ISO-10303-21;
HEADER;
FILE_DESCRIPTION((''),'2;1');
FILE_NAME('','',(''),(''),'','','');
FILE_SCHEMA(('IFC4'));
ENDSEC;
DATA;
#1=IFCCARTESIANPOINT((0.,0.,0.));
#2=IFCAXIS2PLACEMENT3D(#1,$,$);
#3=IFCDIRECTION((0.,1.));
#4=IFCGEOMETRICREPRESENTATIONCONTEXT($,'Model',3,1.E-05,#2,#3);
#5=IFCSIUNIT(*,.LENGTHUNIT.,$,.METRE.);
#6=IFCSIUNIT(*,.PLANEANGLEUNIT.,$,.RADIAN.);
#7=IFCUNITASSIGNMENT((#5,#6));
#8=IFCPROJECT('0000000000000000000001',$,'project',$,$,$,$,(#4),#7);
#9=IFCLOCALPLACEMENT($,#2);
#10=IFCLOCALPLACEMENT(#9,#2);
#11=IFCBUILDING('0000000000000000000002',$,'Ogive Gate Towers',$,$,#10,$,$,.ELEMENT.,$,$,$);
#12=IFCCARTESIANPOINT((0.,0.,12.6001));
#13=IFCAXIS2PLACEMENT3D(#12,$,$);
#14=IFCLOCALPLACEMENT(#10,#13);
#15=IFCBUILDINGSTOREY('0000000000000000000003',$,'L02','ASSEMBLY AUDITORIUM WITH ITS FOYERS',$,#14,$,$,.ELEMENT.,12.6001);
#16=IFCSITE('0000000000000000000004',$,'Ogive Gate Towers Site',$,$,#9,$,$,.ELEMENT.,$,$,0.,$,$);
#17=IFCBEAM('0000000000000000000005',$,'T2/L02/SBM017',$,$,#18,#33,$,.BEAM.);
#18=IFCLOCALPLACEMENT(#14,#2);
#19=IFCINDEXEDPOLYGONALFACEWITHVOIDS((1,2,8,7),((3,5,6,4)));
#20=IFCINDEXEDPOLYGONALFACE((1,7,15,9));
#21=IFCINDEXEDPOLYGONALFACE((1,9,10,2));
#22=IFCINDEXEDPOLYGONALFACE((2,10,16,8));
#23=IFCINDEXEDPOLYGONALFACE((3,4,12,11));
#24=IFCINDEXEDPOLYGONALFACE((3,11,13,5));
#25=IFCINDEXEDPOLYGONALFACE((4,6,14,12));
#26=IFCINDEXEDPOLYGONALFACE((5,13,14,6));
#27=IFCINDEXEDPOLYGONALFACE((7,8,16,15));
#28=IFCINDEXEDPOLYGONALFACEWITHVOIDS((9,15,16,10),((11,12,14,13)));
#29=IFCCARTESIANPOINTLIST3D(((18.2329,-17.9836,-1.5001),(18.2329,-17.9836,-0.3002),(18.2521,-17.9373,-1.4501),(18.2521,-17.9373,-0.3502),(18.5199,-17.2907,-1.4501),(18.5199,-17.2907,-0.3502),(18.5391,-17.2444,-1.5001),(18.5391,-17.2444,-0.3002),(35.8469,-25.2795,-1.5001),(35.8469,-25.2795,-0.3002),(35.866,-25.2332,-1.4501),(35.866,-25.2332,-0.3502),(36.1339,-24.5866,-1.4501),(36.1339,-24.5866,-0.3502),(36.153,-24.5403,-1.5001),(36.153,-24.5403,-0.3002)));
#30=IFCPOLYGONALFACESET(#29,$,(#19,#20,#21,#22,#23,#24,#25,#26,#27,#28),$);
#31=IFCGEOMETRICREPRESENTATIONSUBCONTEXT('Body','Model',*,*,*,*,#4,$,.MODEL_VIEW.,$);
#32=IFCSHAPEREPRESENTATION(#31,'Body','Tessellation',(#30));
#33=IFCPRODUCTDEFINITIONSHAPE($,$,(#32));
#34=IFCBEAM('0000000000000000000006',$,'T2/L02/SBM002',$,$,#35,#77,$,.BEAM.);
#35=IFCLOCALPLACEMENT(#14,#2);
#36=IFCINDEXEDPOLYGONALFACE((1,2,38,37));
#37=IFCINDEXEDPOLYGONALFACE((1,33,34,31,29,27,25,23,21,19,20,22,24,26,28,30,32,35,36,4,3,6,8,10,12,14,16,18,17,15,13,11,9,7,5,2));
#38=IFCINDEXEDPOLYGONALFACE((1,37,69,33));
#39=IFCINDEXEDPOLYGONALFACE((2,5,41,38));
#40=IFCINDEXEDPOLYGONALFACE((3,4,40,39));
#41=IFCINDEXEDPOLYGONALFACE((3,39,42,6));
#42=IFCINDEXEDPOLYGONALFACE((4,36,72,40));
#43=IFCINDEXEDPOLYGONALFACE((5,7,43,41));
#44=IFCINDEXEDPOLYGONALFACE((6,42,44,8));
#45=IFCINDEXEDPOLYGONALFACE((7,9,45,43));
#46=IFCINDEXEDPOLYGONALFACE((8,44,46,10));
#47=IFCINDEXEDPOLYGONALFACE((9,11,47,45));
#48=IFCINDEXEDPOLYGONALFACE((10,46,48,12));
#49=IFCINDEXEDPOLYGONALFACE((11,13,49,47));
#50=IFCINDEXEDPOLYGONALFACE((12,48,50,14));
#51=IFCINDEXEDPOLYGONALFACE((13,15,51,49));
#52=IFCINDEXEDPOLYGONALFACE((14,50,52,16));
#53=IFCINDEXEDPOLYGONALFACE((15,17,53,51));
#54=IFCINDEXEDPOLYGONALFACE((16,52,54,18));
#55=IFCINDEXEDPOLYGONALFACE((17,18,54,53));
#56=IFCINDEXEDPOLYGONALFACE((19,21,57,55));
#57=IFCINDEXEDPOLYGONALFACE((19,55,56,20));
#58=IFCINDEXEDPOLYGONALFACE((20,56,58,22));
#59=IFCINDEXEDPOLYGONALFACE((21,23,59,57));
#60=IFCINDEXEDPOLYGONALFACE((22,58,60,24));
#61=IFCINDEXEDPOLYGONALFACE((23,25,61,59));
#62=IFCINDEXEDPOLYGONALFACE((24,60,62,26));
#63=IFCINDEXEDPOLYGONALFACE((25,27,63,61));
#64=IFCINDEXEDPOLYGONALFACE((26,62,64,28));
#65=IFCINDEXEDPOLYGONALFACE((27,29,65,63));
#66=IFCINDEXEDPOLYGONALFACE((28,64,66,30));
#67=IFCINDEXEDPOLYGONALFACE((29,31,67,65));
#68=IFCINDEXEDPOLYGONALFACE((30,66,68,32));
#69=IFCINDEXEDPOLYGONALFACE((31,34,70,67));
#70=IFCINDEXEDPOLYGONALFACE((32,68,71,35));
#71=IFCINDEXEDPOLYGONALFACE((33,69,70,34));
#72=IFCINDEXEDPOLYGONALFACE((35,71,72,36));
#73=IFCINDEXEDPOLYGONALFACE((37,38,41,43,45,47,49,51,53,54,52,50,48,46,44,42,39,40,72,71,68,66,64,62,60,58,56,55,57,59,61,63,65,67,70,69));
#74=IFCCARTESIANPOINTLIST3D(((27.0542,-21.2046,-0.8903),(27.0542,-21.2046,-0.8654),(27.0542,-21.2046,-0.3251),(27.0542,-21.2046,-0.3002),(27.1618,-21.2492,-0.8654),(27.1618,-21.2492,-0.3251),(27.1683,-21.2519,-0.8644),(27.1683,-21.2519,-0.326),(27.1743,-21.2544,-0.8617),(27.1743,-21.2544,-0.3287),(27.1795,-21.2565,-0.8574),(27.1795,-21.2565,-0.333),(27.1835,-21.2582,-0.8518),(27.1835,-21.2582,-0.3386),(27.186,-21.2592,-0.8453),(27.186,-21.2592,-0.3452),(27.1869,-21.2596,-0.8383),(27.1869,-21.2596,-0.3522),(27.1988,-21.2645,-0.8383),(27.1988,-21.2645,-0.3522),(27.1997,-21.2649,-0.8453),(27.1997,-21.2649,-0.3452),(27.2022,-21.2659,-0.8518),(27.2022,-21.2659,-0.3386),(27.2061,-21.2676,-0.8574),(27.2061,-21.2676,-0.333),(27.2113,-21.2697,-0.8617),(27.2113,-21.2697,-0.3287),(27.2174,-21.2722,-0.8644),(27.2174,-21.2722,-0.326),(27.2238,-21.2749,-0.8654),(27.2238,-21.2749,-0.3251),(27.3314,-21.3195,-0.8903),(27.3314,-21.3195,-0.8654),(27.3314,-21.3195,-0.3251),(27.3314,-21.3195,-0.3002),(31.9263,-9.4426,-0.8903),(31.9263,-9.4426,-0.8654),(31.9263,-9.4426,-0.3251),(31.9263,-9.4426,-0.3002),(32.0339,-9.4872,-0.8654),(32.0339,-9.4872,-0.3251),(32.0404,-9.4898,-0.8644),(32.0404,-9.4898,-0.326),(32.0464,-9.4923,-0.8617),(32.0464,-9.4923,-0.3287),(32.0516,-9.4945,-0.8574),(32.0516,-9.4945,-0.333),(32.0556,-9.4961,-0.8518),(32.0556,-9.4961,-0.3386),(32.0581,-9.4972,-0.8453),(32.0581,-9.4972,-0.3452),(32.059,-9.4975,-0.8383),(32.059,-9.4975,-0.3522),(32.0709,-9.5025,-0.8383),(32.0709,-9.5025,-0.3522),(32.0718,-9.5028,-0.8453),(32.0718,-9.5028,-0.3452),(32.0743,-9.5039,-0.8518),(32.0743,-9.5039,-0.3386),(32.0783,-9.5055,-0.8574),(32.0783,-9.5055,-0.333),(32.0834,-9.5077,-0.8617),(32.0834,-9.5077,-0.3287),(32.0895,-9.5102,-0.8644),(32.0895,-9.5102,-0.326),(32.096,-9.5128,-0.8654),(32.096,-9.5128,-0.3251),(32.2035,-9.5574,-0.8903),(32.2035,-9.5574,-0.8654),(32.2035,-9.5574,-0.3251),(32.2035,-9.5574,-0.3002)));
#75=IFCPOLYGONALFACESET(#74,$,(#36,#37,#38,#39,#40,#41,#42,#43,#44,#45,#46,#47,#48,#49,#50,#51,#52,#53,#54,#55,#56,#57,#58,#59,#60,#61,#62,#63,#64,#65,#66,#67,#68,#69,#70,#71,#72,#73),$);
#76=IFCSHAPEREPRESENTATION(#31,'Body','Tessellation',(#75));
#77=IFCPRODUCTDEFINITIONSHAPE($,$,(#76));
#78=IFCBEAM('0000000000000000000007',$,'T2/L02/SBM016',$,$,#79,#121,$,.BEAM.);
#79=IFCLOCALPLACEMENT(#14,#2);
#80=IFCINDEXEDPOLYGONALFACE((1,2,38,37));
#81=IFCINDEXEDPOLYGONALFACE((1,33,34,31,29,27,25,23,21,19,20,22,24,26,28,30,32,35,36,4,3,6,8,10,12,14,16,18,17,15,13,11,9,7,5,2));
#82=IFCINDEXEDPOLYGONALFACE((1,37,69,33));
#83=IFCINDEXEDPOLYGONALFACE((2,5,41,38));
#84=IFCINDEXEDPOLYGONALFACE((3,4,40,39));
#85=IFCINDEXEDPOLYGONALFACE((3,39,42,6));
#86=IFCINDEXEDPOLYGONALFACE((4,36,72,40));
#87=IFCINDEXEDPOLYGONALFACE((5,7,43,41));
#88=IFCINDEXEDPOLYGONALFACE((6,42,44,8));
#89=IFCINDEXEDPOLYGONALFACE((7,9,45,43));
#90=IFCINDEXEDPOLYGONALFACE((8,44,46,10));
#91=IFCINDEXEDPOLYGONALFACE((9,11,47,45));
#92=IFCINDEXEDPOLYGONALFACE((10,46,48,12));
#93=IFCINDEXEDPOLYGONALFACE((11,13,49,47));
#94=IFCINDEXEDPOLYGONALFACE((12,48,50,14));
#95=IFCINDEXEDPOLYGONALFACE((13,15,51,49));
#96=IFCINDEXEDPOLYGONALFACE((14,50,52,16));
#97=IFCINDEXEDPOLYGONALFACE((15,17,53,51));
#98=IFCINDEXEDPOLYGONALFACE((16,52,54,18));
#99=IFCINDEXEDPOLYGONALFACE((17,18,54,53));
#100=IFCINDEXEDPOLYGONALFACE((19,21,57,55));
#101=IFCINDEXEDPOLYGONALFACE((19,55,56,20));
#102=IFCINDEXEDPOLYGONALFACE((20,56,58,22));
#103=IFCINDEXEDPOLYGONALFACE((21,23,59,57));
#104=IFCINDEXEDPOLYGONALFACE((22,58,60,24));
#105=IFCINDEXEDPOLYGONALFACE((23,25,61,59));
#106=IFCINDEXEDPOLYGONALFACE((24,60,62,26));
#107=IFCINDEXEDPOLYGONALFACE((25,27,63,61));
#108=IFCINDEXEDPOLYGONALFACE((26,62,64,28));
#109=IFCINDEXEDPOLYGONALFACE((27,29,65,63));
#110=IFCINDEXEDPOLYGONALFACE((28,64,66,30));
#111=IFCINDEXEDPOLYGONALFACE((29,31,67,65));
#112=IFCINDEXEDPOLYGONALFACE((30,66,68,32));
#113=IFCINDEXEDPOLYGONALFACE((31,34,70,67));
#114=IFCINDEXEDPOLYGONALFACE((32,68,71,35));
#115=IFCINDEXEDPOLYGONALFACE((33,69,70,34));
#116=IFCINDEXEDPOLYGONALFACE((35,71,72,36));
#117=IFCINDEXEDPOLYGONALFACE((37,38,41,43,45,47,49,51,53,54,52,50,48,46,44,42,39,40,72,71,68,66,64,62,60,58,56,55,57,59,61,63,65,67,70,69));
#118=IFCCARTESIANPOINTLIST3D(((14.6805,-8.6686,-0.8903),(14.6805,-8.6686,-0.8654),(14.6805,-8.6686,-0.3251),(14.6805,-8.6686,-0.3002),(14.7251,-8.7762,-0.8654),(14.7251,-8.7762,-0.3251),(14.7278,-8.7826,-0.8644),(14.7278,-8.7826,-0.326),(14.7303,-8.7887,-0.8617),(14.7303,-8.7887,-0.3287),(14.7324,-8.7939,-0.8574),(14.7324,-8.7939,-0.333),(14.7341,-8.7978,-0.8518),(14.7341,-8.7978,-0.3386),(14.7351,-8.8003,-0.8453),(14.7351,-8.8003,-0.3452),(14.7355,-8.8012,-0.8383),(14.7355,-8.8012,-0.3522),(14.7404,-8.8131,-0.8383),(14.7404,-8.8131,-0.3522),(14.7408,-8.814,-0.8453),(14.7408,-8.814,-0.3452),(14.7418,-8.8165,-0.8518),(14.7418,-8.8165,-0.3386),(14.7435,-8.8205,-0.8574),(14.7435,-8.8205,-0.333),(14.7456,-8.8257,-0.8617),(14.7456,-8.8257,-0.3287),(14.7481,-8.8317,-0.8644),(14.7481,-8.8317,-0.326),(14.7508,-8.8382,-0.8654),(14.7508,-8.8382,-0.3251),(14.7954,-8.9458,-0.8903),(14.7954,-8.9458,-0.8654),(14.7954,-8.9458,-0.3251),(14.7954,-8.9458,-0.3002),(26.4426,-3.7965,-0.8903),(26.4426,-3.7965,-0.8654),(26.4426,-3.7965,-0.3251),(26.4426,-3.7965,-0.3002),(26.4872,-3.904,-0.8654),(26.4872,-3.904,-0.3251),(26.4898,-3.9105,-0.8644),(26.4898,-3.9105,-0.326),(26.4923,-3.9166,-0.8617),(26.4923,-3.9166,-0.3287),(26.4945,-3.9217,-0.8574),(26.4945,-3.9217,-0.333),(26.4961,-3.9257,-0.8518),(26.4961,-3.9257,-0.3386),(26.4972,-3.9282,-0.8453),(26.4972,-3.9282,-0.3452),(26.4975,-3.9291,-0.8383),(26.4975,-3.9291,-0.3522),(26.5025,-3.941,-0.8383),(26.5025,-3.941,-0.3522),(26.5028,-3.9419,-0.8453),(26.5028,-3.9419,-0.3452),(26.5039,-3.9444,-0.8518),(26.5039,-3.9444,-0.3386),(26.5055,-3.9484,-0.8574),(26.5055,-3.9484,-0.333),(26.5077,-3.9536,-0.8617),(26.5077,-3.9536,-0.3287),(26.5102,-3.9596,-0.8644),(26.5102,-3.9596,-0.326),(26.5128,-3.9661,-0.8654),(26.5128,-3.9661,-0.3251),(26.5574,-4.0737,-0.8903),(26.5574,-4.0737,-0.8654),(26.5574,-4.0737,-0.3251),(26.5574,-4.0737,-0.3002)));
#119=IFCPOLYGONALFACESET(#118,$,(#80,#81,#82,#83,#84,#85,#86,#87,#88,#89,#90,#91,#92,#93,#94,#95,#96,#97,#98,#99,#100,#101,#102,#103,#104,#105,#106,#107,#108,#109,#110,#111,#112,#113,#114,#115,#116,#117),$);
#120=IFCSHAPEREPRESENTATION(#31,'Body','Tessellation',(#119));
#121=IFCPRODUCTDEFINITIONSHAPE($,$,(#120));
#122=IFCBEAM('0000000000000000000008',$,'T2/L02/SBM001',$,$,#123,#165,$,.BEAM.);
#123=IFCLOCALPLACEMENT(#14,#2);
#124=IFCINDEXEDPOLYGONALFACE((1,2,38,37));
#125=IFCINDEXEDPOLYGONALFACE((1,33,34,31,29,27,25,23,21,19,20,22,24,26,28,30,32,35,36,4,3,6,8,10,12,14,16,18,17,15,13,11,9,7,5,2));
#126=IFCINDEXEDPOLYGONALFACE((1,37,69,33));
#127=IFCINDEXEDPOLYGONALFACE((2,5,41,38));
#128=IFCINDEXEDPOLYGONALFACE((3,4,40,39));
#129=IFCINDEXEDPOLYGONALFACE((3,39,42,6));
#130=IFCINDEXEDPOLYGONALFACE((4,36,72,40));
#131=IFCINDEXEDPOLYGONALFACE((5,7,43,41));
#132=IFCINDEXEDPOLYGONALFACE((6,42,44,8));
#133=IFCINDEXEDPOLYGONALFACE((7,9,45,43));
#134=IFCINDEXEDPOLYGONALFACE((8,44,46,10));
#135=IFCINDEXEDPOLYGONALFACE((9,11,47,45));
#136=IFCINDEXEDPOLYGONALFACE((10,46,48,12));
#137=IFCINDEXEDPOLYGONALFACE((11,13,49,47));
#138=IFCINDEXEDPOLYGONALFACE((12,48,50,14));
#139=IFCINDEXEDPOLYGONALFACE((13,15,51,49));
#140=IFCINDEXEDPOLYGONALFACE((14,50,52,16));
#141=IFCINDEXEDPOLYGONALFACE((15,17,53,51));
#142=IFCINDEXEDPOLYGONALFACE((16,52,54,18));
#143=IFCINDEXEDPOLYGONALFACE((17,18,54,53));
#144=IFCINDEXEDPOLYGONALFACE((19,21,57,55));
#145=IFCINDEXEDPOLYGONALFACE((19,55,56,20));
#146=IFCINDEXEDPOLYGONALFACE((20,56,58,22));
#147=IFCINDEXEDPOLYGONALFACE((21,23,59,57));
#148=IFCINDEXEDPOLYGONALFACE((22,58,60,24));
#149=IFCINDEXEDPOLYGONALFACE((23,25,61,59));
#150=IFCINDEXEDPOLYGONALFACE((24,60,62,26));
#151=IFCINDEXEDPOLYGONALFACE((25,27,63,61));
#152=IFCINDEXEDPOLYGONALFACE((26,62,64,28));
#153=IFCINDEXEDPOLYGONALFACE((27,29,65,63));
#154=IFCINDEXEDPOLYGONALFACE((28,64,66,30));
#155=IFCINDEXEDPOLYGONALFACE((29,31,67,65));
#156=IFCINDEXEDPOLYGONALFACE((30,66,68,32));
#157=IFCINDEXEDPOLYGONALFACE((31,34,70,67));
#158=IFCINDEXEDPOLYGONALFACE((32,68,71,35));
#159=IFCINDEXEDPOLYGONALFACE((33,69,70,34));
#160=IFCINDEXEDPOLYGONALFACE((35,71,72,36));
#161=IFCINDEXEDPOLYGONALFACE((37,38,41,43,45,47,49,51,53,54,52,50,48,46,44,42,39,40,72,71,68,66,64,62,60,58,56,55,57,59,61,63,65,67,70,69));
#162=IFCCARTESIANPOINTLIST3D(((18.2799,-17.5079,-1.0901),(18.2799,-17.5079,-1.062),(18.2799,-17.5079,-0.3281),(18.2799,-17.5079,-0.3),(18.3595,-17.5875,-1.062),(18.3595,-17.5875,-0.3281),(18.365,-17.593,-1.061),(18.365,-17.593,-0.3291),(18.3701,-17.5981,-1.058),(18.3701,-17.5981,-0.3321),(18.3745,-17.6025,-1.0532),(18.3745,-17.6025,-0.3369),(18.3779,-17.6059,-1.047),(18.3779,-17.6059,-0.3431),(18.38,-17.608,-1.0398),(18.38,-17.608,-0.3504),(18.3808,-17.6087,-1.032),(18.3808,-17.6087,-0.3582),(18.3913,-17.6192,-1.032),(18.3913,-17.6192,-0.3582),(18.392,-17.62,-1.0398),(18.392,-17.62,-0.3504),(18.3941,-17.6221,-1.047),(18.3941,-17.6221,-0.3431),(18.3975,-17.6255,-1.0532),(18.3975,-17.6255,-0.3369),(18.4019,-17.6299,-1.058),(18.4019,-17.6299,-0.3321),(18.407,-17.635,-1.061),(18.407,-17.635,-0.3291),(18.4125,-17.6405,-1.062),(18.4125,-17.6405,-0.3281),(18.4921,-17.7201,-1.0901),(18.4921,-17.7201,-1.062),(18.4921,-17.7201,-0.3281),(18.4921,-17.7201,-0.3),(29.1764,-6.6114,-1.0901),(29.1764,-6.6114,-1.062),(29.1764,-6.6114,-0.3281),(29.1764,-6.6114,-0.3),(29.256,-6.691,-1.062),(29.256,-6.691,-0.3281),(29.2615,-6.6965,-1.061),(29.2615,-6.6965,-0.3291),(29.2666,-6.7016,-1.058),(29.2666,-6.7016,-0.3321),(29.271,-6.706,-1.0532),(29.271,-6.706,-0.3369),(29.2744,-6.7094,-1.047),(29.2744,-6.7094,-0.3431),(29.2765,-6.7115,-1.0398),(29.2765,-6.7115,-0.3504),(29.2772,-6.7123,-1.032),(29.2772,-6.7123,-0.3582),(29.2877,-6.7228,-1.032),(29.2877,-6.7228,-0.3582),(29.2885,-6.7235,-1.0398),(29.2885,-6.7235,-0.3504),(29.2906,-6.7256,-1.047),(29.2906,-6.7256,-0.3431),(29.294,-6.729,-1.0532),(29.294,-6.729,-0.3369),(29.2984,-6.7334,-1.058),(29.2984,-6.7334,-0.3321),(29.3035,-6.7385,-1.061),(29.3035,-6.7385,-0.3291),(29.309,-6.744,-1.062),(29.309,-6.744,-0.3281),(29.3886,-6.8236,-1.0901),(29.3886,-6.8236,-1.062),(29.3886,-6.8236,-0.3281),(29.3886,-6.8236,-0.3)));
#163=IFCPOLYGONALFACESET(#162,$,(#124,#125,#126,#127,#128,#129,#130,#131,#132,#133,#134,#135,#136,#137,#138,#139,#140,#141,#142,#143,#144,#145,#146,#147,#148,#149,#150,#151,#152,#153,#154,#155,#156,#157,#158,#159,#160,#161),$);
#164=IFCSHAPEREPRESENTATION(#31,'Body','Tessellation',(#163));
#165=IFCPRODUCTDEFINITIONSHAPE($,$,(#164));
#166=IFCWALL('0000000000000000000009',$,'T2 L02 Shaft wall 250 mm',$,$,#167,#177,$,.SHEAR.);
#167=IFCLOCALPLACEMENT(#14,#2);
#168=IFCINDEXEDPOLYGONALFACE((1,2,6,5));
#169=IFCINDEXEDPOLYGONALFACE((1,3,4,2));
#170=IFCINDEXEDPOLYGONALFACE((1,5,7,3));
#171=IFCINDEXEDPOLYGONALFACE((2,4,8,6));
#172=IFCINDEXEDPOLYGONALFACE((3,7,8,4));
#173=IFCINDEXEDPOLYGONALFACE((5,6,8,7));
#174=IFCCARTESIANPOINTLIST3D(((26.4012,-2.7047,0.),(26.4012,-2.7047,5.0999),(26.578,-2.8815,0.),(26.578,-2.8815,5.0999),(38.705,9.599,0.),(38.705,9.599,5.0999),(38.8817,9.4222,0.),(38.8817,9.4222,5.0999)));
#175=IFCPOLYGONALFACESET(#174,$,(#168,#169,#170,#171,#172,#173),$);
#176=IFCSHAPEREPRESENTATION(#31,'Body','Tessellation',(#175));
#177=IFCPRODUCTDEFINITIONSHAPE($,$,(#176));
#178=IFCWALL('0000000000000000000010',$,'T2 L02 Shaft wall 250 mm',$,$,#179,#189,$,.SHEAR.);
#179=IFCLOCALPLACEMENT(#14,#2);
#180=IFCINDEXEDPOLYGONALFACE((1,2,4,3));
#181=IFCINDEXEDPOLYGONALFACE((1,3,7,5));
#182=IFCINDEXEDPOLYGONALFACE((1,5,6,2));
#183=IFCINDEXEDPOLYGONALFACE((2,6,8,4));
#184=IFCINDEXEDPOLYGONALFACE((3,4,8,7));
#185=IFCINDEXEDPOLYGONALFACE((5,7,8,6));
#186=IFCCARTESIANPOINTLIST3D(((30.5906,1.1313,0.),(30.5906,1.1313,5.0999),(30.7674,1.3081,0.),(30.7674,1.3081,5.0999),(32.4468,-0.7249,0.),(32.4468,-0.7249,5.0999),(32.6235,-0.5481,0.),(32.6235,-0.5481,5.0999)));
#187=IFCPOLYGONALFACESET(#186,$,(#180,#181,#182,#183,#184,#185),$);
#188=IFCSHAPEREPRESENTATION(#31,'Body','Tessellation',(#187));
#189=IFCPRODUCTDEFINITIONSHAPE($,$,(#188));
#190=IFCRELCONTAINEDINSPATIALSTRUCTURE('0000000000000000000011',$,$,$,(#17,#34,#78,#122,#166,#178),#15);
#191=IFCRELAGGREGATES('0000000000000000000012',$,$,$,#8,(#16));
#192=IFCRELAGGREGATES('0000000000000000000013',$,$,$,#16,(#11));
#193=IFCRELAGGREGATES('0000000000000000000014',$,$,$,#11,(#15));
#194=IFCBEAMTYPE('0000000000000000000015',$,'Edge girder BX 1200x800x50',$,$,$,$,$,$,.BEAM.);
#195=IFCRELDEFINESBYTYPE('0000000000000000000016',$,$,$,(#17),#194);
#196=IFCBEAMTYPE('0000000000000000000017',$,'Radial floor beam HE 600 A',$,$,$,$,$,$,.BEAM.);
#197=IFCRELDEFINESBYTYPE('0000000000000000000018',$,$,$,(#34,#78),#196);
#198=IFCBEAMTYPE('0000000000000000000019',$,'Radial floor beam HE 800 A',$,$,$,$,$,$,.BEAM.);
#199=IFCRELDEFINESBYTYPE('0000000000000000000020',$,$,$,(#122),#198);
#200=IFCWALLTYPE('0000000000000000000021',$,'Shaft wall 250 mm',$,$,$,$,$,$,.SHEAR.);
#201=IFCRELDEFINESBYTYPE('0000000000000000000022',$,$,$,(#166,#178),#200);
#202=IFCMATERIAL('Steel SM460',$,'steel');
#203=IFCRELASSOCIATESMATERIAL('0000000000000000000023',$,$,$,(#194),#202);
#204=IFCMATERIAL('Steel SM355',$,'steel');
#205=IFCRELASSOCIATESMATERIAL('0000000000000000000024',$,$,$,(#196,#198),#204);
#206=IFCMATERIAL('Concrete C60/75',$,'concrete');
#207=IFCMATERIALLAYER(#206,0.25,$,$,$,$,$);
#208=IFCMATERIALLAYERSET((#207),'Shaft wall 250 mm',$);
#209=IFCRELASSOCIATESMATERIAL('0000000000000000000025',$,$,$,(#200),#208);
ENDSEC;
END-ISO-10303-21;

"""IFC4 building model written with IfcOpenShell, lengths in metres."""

from ifc_helpers import new_model, si_unit, direction, frame, frame_2d, origin, origin_2d, place, context, subcontext, project, spatial, rectangle, hollow_rectangle, i_section, extrude, material, layer, layer_set, material_profile, profile_set, type_object, element, save


model = new_model("IFC4")

# Units and contexts
model_context = context("Model", 3, precision=1e-05, world=origin(), true_north=direction((0.0, 1.0)))
body_context = subcontext(model_context, "Body", "Model", "MODEL_VIEW")
ifc_project = project(units=[si_unit("LENGTHUNIT", "METRE"), si_unit("PLANEANGLEUNIT", "RADIAN")], contexts=[model_context])

# Site, building, storey
site_placement = place(None, origin())
site = spatial("IfcSite", under=ifc_project, at=site_placement, Name="Ogive Gate Towers Site", CompositionType="ELEMENT", RefElevation=0.0)
building_placement = place(site_placement, origin())
building = spatial("IfcBuilding", under=site, at=building_placement, Name="Ogive Gate Towers", CompositionType="ELEMENT")
storey_placement = place(building_placement, frame((0.0, 0.0, 12.6001)))
storey = spatial("IfcBuildingStorey", under=building, at=storey_placement, Name="L02", Description="ASSEMBLY AUDITORIUM WITH ITS FOYERS", CompositionType="ELEMENT", Elevation=12.6001)

# Beams
ifc_material_1 = material(Name="Steel SM460", Category="steel")
ifc_material_profile_1 = material_profile(ifc_material_1, hollow_rectangle(XDim=0.8, YDim=1.2, WallThickness=0.05, at=origin_2d()), Name="BX 1200x800x50")
ifc_profile_set_1 = profile_set([ifc_material_profile_1], Name="Steel SM460")
beam_type_1 = type_object("IfcBeamType", Name="Edge girder BX 1200x800x50", PredefinedType="BEAM", material=ifc_profile_set_1)
beam_1_placement = place(storey_placement, frame((18.386, -17.614, -0.9001), z_axis=(0.923881, -0.382681, 0.0), x_axis=(0.382681, 0.923881, 0.0)))
element("IfcBeam", 1, at=beam_1_placement, inside=storey, type_object=beam_type_1, Name="T2/L02/SBM017", PredefinedType="BEAM", context=body_context, shape_type="SweptSolid", body=[
    extrude(hollow_rectangle(XDim=0.8, YDim=1.2, WallThickness=0.05, at=origin_2d()), origin(), (0.0, 0.0, 1.0), 19.0652),
])
ifc_material_2 = material(Name="Steel SM355", Category="steel")
ifc_material_profile_2 = material_profile(ifc_material_2, i_section(OverallWidth=0.3, OverallDepth=0.5901, WebThickness=0.0129, FlangeThickness=0.0249, FilletRadius=0.0271, at=origin_2d()), Name="HE 600 A")
ifc_profile_set_2 = profile_set([ifc_material_profile_2], Name="Steel SM355")
beam_type_2 = type_object("IfcBeamType", Name="Radial floor beam HE 600 A", PredefinedType="BEAM", material=ifc_profile_set_2)
for number, where, z_axis, x_axis, name in (
    (2, (32.0649, -9.5, -0.5952), (-0.382691, -0.923877, 0.0), (0.923877, -0.382691, 0.0), "T2/L02/SBM002"),
    (3, (26.5, -3.9351, -0.5952), (-0.923877, -0.382691, 0.0), (0.382691, -0.923877, 0.0), "T2/L02/SBM016"),
):
    element("IfcBeam", number, at=place(storey_placement, frame(where, z_axis=z_axis, x_axis=x_axis)), inside=storey, type_object=beam_type_2, Name=name, PredefinedType="BEAM", context=body_context, shape_type="SweptSolid", body=[
        extrude(i_section(OverallWidth=0.3, OverallDepth=0.5901, WebThickness=0.0129, FlangeThickness=0.0249, FilletRadius=0.0271, at=origin_2d()), origin(), (0.0, 0.0, 1.0), 12.7312),
    ])
ifc_material_profile_3 = material_profile(ifc_material_2, i_section(OverallWidth=0.3, OverallDepth=0.79, WebThickness=0.0149, FlangeThickness=0.0281, FilletRadius=0.03, at=origin_2d()), Name="HE 800 A")
ifc_profile_set_3 = profile_set([ifc_material_profile_3], Name="Steel SM355")
beam_type_3 = type_object("IfcBeamType", Name="Radial floor beam HE 800 A", PredefinedType="BEAM", material=ifc_profile_set_3)
beam_2_placement = place(storey_placement, frame((29.2825, -6.7175, -0.6951), z_axis=(-0.707107, -0.707107, 0.0), x_axis=(0.707107, -0.707107, 0.0)))
element("IfcBeam", 4, at=beam_2_placement, inside=storey, type_object=beam_type_3, Name="T2/L02/SBM001", PredefinedType="BEAM", context=body_context, shape_type="SweptSolid", body=[
    extrude(i_section(OverallWidth=0.3, OverallDepth=0.79, WebThickness=0.0149, FlangeThickness=0.0281, FilletRadius=0.03, at=origin_2d()), origin(), (0.0, 0.0, 1.0), 15.4099),
])

# Walls
ifc_material_3 = material(Name="Concrete C60/75", Category="concrete")
ifc_layer_1 = layer(ifc_material_3, 0.25)
ifc_layer_set_1 = layer_set([ifc_layer_1], Name="Shaft wall 250 mm")
wall_type_1 = type_object("IfcWallType", Name="Shaft wall 250 mm", PredefinedType="SHEAR", material=ifc_layer_set_1)
wall_1_placement = place(storey_placement, frame((26.4895, -2.7932, 0.0), z_axis=(0.0, 0.0, 1.0), x_axis=(0.707107, 0.707107, 0.0)))
element("IfcWall", 5, at=wall_1_placement, inside=storey, type_object=wall_type_1, Name="T2 L02 Shaft wall 250 mm", PredefinedType="SHEAR", context=body_context, shape_type="SweptSolid", body=[
    extrude(rectangle(XDim=17.4001, YDim=0.25, at=frame_2d((8.7002, 0.0))), origin(), (0.0, 0.0, 1.0), 5.0999),
])
wall_2_placement = place(storey_placement, frame((32.5352, -0.6365, 0.0), z_axis=(0.0, 0.0, 1.0), x_axis=(-0.707107, 0.707107, 0.0)))
element("IfcWall", 6, at=wall_2_placement, inside=storey, type_object=wall_type_1, Name="T2 L02 Shaft wall 250 mm", PredefinedType="SHEAR", context=body_context, shape_type="SweptSolid", body=[
    extrude(rectangle(XDim=2.625, YDim=0.25, at=frame_2d((1.3125, 0.0))), origin(), (0.0, 0.0, 1.0), 5.0999),
])

save(model, "model.ifc")
